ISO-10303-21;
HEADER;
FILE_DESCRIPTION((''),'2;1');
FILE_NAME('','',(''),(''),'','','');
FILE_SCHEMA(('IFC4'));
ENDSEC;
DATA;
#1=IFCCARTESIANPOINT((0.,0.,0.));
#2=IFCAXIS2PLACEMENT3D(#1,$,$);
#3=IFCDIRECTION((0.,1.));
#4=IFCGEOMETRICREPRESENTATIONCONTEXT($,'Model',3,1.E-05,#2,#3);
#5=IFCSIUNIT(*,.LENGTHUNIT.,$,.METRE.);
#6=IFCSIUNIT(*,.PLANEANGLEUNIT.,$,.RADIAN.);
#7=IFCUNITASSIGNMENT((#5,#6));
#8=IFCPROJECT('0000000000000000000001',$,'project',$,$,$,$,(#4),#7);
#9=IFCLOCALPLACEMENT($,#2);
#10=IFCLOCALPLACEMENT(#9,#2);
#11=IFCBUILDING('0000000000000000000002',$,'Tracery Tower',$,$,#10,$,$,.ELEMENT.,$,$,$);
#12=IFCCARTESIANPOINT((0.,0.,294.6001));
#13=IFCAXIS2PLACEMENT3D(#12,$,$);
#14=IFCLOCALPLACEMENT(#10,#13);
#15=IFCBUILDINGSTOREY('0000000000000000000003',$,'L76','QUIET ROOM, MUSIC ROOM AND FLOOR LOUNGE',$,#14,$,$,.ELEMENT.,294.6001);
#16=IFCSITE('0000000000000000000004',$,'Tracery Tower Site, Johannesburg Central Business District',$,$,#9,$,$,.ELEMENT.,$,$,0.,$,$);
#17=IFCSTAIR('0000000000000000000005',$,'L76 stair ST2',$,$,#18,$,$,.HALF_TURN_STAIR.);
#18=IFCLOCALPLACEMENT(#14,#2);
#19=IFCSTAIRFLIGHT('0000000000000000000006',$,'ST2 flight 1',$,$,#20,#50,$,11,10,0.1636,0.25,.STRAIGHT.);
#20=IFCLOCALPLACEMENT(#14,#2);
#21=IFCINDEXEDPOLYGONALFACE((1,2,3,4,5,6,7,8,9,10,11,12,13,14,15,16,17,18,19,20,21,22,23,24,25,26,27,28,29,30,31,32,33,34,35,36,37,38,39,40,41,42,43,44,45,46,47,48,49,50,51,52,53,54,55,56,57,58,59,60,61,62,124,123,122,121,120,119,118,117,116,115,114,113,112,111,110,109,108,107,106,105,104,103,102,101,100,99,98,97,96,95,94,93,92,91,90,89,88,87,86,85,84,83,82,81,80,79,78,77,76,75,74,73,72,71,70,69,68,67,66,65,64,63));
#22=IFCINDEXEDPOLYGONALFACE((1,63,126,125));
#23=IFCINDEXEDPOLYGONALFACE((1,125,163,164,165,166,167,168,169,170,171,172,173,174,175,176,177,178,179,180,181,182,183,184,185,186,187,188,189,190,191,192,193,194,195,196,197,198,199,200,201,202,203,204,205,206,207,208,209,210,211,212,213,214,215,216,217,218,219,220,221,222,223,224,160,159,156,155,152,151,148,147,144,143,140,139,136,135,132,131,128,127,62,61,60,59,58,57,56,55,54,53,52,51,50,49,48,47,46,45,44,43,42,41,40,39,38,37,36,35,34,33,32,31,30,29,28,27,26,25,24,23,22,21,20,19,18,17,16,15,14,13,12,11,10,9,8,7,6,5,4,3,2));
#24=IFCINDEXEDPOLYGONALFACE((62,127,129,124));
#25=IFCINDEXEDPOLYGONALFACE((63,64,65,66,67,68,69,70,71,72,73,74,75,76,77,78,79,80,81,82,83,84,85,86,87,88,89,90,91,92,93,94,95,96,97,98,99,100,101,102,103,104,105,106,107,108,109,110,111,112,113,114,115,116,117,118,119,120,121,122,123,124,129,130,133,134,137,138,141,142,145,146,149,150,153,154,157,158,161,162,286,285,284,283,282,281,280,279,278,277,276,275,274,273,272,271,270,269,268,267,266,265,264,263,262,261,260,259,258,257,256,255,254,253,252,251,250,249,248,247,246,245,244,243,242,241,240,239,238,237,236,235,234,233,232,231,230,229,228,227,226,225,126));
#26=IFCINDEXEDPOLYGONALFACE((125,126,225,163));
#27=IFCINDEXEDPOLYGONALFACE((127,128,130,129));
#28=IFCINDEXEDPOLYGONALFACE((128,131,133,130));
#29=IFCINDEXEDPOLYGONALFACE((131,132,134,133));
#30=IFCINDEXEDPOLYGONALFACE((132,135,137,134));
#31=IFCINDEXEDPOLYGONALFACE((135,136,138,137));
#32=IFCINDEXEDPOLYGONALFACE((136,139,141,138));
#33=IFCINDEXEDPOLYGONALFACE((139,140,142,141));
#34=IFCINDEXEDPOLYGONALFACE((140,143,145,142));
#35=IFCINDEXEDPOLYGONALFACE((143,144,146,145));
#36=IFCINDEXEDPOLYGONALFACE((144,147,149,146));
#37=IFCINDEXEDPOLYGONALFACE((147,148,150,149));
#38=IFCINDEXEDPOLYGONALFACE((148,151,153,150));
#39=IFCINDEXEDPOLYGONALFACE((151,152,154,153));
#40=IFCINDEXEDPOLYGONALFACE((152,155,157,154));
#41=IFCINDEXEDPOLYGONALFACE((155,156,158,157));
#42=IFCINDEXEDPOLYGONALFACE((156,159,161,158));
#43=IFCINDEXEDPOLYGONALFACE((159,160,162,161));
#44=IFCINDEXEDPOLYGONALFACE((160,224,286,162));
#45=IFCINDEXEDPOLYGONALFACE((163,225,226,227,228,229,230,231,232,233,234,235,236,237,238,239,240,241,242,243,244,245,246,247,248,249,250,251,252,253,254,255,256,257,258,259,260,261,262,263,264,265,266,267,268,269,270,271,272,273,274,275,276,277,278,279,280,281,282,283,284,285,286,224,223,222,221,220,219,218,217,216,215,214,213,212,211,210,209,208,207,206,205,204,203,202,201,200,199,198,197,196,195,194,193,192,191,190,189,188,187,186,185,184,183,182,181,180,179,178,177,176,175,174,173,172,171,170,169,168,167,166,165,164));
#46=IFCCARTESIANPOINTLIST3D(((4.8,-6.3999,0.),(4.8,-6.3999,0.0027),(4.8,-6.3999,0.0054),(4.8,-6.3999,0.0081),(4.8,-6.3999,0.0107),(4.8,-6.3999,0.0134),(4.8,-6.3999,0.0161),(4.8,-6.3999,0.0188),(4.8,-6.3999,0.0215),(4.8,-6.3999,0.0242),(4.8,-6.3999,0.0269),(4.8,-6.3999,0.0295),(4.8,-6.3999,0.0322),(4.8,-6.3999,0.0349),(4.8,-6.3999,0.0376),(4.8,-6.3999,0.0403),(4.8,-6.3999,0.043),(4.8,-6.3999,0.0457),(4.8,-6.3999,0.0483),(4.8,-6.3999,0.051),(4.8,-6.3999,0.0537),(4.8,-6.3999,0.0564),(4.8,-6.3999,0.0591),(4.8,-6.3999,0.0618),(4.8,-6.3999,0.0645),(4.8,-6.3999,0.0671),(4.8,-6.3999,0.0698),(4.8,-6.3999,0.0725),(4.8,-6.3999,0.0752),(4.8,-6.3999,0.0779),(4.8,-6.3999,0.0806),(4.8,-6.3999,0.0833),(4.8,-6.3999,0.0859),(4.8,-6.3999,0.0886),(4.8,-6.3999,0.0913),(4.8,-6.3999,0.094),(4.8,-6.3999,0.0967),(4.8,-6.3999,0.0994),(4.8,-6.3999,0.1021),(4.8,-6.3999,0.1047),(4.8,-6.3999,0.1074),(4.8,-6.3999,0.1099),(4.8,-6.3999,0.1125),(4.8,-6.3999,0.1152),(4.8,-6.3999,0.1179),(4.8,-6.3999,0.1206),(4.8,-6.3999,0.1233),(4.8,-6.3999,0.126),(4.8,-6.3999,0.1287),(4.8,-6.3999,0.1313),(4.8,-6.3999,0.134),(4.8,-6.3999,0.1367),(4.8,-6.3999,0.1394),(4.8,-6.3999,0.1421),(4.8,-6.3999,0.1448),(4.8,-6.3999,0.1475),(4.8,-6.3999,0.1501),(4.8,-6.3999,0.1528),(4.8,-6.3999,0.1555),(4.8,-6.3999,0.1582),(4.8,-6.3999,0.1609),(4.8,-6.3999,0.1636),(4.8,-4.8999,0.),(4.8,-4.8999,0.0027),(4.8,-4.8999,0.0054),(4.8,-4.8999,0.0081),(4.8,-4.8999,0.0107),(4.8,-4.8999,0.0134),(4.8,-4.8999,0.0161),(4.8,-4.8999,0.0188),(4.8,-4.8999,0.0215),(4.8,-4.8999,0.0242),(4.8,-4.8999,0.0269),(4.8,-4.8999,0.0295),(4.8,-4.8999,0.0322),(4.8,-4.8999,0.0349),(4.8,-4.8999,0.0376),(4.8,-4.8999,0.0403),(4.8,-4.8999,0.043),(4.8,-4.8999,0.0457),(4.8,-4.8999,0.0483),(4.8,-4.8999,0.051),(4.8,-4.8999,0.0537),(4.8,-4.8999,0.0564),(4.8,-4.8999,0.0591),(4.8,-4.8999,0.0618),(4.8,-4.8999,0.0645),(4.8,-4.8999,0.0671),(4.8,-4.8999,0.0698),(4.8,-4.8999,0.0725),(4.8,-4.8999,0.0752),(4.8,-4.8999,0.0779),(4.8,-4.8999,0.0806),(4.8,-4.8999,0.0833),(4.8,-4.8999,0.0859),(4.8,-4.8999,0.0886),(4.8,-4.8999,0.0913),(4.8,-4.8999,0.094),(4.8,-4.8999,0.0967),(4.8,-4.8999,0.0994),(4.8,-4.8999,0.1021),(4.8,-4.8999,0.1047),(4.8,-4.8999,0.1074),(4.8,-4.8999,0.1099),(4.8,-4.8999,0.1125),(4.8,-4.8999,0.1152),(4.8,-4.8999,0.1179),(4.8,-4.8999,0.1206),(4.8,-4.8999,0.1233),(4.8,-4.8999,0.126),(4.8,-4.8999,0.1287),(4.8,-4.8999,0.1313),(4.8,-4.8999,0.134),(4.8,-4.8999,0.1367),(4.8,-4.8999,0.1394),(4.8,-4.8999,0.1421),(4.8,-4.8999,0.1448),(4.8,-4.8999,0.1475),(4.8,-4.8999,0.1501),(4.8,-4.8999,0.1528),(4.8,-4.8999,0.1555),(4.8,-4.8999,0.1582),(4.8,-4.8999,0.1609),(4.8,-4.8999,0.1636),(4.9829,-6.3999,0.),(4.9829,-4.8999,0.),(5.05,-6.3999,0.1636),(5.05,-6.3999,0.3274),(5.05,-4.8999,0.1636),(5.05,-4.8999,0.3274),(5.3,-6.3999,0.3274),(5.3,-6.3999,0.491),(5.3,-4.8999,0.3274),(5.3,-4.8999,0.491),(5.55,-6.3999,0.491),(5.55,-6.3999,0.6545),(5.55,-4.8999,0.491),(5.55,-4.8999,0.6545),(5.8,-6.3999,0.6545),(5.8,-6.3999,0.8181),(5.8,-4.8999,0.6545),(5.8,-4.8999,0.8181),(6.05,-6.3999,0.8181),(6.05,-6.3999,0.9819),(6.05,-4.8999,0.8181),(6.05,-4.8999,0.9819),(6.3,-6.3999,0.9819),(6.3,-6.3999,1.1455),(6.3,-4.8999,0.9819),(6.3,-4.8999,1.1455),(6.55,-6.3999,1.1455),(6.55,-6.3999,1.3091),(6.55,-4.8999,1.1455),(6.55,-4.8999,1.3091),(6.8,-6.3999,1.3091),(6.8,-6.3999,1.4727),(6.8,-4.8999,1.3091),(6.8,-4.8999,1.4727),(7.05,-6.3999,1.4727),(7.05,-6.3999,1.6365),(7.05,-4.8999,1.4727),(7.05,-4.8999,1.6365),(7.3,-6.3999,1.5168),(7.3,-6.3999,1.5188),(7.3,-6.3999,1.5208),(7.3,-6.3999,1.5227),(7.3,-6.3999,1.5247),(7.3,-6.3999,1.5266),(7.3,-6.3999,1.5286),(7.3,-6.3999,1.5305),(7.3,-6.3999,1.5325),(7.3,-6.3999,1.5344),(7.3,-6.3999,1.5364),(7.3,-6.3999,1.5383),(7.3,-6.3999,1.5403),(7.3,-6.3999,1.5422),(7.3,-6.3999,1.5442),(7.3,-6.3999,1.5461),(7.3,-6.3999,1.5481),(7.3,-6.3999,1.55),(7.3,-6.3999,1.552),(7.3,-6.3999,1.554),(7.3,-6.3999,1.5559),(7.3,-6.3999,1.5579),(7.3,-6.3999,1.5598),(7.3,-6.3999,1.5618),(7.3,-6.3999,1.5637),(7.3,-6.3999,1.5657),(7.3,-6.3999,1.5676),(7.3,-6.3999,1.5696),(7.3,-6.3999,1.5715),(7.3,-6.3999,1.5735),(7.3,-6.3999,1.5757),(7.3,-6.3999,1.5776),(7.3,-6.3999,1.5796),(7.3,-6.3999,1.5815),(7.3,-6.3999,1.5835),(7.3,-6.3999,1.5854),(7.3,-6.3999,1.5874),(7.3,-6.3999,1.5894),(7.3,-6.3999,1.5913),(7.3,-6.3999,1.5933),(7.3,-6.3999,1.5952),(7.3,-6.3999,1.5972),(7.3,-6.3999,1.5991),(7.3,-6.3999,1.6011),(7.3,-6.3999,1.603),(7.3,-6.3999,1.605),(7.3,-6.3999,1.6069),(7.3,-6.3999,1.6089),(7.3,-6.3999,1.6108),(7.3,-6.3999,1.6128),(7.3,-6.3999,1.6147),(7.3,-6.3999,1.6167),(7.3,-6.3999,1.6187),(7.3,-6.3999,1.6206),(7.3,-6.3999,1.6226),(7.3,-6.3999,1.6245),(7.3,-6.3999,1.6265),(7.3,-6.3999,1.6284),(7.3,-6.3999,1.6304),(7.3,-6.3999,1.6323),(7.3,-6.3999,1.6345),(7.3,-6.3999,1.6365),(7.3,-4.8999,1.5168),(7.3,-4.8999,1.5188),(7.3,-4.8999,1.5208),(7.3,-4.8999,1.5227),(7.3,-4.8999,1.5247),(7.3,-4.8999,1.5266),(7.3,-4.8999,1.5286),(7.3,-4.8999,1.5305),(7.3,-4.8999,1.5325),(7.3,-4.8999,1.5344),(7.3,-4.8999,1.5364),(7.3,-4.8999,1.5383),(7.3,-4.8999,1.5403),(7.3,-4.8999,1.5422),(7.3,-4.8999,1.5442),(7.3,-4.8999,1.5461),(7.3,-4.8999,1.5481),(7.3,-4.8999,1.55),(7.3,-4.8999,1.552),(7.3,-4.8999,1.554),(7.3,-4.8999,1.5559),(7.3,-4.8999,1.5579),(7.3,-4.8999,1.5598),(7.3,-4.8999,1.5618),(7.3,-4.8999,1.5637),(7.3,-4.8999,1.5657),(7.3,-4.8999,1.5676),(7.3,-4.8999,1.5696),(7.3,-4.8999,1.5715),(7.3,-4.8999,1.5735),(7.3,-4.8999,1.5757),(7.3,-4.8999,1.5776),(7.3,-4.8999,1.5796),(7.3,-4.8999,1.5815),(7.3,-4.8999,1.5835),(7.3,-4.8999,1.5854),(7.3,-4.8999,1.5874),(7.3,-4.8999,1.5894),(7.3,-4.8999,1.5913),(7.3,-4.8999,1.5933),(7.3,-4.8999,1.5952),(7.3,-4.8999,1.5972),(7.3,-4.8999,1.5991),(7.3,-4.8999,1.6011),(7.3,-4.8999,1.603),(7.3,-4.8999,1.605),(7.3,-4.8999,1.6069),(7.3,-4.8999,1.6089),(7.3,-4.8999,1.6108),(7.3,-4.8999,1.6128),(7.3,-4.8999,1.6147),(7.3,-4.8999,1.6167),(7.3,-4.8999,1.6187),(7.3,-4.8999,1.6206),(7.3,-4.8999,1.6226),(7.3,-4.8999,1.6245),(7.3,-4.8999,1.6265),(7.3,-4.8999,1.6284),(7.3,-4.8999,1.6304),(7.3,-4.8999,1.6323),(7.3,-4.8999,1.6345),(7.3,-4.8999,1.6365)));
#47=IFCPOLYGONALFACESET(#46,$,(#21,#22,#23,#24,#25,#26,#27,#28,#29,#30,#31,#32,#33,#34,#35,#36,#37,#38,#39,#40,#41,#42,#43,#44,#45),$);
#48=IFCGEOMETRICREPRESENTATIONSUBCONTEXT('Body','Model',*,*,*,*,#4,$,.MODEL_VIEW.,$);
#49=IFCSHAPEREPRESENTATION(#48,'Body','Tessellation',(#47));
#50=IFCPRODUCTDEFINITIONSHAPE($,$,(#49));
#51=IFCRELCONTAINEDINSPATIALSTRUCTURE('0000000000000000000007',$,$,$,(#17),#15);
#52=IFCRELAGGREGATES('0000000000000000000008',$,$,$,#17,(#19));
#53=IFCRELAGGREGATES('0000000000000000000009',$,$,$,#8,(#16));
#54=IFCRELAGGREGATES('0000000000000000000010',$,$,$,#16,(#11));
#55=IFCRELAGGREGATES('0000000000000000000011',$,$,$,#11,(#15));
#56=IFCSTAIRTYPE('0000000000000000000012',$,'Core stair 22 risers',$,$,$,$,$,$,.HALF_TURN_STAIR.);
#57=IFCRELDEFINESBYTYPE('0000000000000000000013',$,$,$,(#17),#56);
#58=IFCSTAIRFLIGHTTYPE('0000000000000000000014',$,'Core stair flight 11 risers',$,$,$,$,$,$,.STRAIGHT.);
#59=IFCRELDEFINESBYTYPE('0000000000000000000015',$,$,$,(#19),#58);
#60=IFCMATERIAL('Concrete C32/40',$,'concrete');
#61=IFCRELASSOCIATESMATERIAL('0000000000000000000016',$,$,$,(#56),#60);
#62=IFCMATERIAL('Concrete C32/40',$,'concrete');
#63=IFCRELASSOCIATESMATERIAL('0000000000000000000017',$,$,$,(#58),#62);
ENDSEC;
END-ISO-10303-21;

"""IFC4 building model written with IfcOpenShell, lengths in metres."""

from ifc_helpers import new_model, si_unit, direction, frame, origin, place, context, subcontext, project, spatial, polyline, outline, extrude, material, type_object, element, aggregate, save


model = new_model("IFC4")

# Units and contexts
model_context = context("Model", 3, precision=1e-05, world=origin(), true_north=direction((0.0, 1.0)))
body_context = subcontext(model_context, "Body", "Model", "MODEL_VIEW")
ifc_project = project(units=[si_unit("LENGTHUNIT", "METRE"), si_unit("PLANEANGLEUNIT", "RADIAN")], contexts=[model_context])

# Site, building, storey
site_placement = place(None, origin())
site = spatial("IfcSite", under=ifc_project, at=site_placement, Name="Tracery Tower Site, Johannesburg Central Business District", CompositionType="ELEMENT", RefElevation=0.0)
building_placement = place(site_placement, origin())
building = spatial("IfcBuilding", under=site, at=building_placement, Name="Tracery Tower", CompositionType="ELEMENT")
storey_placement = place(building_placement, frame((0.0, 0.0, 294.6001)))
storey = spatial("IfcBuildingStorey", under=building, at=storey_placement, Name="L76", Description="QUIET ROOM, MUSIC ROOM AND FLOOR LOUNGE", CompositionType="ELEMENT", Elevation=294.6001)

# Stair, stair flight
ifc_material_1 = material(Name="Concrete C32/40", Category="concrete")
stair_type = type_object("IfcStairType", Name="Core stair 22 risers", PredefinedType="HALF_TURN_STAIR", material=ifc_material_1)
stair_placement = place(storey_placement, origin())
stair = element("IfcStair", 1, at=stair_placement, inside=storey, type_object=stair_type, Name="L76 stair ST2", PredefinedType="HALF_TURN_STAIR")
ifc_material_2 = material(Name="Concrete C32/40", Category="concrete")
stair_flight_type = type_object("IfcStairFlightType", Name="Core stair flight 11 risers", PredefinedType="STRAIGHT", material=ifc_material_2)
stair_flight_placement = place(storey_placement, frame((4.8, -5.6499, 0.0), z_axis=(0.0, 0.0, 1.0), x_axis=(1.0, 0.0, 0.0)))
stair_flight = element("IfcStairFlight", 2, at=stair_flight_placement, type_object=stair_flight_type, Name="ST2 flight 1", NumberOfRisers=11, NumberOfTreads=10, PredefinedType="STRAIGHT", RiserHeight=0.1636, TreadLength=0.25, context=body_context, shape_type="SweptSolid", body=[
    extrude(outline(polyline([(0.0, 0.0), (0.0, 0.0027), (0.0, 0.0054), (0.0, 0.0081), (0.0, 0.0107), (0.0, 0.0134), (0.0, 0.0161), (0.0, 0.0188), (0.0, 0.0215), (0.0, 0.0242), (0.0, 0.0269), (0.0, 0.0295), (0.0, 0.0322), (0.0, 0.0349), (0.0, 0.0376), (0.0, 0.0403), (0.0, 0.043), (0.0, 0.0457), (0.0, 0.0483), (0.0, 0.051), (0.0, 0.0537), (0.0, 0.0564), (0.0, 0.0591), (0.0, 0.0618), (0.0, 0.0645), (0.0, 0.0671), (0.0, 0.0698), (0.0, 0.0725), (0.0, 0.0752), (0.0, 0.0779), (0.0, 0.0806), (0.0, 0.0833), (0.0, 0.0859), (0.0, 0.0886), (0.0, 0.0913), (0.0, 0.094), (0.0, 0.0967), (0.0, 0.0994), (0.0, 0.1021), (0.0, 0.1047), (0.0, 0.1074), (0.0, 0.1099), (0.0, 0.1125), (0.0, 0.1152), (0.0, 0.1179), (0.0, 0.1206), (0.0, 0.1233), (0.0, 0.126), (0.0, 0.1287), (0.0, 0.1313), (0.0, 0.134), (0.0, 0.1367), (0.0, 0.1394), (0.0, 0.1421), (0.0, 0.1448), (0.0, 0.1475), (0.0, 0.1501), (0.0, 0.1528), (0.0, 0.1555), (0.0, 0.1582), (0.0, 0.1609), (0.0, 0.1636), (0.25, 0.1636), (0.25, 0.3274), (0.5, 0.3274), (0.5, 0.491), (0.75, 0.491), (0.75, 0.6545), (1.0, 0.6545), (1.0, 0.8181), (1.25, 0.8181), (1.25, 0.9819), (1.5, 0.9819), (1.5, 1.1455), (1.75, 1.1455), (1.75, 1.3091), (2.0, 1.3091), (2.0, 1.4727), (2.25, 1.4727), (2.25, 1.6365), (2.5, 1.6365), (2.5, 1.6345), (2.5, 1.6323), (2.5, 1.6304), (2.5, 1.6284), (2.5, 1.6265), (2.5, 1.6245), (2.5, 1.6226), (2.5, 1.6206), (2.5, 1.6187), (2.5, 1.6167), (2.5, 1.6147), (2.5, 1.6128), (2.5, 1.6108), (2.5, 1.6089), (2.5, 1.6069), (2.5, 1.605), (2.5, 1.603), (2.5, 1.6011), (2.5, 1.5991), (2.5, 1.5972), (2.5, 1.5952), (2.5, 1.5933), (2.5, 1.5913), (2.5, 1.5894), (2.5, 1.5874), (2.5, 1.5854), (2.5, 1.5835), (2.5, 1.5815), (2.5, 1.5796), (2.5, 1.5776), (2.5, 1.5757), (2.5, 1.5735), (2.5, 1.5715), (2.5, 1.5696), (2.5, 1.5676), (2.5, 1.5657), (2.5, 1.5637), (2.5, 1.5618), (2.5, 1.5598), (2.5, 1.5579), (2.5, 1.5559), (2.5, 1.554), (2.5, 1.552), (2.5, 1.55), (2.5, 1.5481), (2.5, 1.5461), (2.5, 1.5442), (2.5, 1.5422), (2.5, 1.5403), (2.5, 1.5383), (2.5, 1.5364), (2.5, 1.5344), (2.5, 1.5325), (2.5, 1.5305), (2.5, 1.5286), (2.5, 1.5266), (2.5, 1.5247), (2.5, 1.5227), (2.5, 1.5208), (2.5, 1.5188), (2.5, 1.5168), (0.1829, 0.0), (0.0, 0.0)])), frame((0.0, 0.75, 0.0), z_axis=(0.0, -1.0, 0.0), x_axis=(1.0, 0.0, 0.0)), (0.0, 0.0, 1.0), 1.5),
])
aggregate(stair, [stair_flight])

save(model, "model.ifc")
